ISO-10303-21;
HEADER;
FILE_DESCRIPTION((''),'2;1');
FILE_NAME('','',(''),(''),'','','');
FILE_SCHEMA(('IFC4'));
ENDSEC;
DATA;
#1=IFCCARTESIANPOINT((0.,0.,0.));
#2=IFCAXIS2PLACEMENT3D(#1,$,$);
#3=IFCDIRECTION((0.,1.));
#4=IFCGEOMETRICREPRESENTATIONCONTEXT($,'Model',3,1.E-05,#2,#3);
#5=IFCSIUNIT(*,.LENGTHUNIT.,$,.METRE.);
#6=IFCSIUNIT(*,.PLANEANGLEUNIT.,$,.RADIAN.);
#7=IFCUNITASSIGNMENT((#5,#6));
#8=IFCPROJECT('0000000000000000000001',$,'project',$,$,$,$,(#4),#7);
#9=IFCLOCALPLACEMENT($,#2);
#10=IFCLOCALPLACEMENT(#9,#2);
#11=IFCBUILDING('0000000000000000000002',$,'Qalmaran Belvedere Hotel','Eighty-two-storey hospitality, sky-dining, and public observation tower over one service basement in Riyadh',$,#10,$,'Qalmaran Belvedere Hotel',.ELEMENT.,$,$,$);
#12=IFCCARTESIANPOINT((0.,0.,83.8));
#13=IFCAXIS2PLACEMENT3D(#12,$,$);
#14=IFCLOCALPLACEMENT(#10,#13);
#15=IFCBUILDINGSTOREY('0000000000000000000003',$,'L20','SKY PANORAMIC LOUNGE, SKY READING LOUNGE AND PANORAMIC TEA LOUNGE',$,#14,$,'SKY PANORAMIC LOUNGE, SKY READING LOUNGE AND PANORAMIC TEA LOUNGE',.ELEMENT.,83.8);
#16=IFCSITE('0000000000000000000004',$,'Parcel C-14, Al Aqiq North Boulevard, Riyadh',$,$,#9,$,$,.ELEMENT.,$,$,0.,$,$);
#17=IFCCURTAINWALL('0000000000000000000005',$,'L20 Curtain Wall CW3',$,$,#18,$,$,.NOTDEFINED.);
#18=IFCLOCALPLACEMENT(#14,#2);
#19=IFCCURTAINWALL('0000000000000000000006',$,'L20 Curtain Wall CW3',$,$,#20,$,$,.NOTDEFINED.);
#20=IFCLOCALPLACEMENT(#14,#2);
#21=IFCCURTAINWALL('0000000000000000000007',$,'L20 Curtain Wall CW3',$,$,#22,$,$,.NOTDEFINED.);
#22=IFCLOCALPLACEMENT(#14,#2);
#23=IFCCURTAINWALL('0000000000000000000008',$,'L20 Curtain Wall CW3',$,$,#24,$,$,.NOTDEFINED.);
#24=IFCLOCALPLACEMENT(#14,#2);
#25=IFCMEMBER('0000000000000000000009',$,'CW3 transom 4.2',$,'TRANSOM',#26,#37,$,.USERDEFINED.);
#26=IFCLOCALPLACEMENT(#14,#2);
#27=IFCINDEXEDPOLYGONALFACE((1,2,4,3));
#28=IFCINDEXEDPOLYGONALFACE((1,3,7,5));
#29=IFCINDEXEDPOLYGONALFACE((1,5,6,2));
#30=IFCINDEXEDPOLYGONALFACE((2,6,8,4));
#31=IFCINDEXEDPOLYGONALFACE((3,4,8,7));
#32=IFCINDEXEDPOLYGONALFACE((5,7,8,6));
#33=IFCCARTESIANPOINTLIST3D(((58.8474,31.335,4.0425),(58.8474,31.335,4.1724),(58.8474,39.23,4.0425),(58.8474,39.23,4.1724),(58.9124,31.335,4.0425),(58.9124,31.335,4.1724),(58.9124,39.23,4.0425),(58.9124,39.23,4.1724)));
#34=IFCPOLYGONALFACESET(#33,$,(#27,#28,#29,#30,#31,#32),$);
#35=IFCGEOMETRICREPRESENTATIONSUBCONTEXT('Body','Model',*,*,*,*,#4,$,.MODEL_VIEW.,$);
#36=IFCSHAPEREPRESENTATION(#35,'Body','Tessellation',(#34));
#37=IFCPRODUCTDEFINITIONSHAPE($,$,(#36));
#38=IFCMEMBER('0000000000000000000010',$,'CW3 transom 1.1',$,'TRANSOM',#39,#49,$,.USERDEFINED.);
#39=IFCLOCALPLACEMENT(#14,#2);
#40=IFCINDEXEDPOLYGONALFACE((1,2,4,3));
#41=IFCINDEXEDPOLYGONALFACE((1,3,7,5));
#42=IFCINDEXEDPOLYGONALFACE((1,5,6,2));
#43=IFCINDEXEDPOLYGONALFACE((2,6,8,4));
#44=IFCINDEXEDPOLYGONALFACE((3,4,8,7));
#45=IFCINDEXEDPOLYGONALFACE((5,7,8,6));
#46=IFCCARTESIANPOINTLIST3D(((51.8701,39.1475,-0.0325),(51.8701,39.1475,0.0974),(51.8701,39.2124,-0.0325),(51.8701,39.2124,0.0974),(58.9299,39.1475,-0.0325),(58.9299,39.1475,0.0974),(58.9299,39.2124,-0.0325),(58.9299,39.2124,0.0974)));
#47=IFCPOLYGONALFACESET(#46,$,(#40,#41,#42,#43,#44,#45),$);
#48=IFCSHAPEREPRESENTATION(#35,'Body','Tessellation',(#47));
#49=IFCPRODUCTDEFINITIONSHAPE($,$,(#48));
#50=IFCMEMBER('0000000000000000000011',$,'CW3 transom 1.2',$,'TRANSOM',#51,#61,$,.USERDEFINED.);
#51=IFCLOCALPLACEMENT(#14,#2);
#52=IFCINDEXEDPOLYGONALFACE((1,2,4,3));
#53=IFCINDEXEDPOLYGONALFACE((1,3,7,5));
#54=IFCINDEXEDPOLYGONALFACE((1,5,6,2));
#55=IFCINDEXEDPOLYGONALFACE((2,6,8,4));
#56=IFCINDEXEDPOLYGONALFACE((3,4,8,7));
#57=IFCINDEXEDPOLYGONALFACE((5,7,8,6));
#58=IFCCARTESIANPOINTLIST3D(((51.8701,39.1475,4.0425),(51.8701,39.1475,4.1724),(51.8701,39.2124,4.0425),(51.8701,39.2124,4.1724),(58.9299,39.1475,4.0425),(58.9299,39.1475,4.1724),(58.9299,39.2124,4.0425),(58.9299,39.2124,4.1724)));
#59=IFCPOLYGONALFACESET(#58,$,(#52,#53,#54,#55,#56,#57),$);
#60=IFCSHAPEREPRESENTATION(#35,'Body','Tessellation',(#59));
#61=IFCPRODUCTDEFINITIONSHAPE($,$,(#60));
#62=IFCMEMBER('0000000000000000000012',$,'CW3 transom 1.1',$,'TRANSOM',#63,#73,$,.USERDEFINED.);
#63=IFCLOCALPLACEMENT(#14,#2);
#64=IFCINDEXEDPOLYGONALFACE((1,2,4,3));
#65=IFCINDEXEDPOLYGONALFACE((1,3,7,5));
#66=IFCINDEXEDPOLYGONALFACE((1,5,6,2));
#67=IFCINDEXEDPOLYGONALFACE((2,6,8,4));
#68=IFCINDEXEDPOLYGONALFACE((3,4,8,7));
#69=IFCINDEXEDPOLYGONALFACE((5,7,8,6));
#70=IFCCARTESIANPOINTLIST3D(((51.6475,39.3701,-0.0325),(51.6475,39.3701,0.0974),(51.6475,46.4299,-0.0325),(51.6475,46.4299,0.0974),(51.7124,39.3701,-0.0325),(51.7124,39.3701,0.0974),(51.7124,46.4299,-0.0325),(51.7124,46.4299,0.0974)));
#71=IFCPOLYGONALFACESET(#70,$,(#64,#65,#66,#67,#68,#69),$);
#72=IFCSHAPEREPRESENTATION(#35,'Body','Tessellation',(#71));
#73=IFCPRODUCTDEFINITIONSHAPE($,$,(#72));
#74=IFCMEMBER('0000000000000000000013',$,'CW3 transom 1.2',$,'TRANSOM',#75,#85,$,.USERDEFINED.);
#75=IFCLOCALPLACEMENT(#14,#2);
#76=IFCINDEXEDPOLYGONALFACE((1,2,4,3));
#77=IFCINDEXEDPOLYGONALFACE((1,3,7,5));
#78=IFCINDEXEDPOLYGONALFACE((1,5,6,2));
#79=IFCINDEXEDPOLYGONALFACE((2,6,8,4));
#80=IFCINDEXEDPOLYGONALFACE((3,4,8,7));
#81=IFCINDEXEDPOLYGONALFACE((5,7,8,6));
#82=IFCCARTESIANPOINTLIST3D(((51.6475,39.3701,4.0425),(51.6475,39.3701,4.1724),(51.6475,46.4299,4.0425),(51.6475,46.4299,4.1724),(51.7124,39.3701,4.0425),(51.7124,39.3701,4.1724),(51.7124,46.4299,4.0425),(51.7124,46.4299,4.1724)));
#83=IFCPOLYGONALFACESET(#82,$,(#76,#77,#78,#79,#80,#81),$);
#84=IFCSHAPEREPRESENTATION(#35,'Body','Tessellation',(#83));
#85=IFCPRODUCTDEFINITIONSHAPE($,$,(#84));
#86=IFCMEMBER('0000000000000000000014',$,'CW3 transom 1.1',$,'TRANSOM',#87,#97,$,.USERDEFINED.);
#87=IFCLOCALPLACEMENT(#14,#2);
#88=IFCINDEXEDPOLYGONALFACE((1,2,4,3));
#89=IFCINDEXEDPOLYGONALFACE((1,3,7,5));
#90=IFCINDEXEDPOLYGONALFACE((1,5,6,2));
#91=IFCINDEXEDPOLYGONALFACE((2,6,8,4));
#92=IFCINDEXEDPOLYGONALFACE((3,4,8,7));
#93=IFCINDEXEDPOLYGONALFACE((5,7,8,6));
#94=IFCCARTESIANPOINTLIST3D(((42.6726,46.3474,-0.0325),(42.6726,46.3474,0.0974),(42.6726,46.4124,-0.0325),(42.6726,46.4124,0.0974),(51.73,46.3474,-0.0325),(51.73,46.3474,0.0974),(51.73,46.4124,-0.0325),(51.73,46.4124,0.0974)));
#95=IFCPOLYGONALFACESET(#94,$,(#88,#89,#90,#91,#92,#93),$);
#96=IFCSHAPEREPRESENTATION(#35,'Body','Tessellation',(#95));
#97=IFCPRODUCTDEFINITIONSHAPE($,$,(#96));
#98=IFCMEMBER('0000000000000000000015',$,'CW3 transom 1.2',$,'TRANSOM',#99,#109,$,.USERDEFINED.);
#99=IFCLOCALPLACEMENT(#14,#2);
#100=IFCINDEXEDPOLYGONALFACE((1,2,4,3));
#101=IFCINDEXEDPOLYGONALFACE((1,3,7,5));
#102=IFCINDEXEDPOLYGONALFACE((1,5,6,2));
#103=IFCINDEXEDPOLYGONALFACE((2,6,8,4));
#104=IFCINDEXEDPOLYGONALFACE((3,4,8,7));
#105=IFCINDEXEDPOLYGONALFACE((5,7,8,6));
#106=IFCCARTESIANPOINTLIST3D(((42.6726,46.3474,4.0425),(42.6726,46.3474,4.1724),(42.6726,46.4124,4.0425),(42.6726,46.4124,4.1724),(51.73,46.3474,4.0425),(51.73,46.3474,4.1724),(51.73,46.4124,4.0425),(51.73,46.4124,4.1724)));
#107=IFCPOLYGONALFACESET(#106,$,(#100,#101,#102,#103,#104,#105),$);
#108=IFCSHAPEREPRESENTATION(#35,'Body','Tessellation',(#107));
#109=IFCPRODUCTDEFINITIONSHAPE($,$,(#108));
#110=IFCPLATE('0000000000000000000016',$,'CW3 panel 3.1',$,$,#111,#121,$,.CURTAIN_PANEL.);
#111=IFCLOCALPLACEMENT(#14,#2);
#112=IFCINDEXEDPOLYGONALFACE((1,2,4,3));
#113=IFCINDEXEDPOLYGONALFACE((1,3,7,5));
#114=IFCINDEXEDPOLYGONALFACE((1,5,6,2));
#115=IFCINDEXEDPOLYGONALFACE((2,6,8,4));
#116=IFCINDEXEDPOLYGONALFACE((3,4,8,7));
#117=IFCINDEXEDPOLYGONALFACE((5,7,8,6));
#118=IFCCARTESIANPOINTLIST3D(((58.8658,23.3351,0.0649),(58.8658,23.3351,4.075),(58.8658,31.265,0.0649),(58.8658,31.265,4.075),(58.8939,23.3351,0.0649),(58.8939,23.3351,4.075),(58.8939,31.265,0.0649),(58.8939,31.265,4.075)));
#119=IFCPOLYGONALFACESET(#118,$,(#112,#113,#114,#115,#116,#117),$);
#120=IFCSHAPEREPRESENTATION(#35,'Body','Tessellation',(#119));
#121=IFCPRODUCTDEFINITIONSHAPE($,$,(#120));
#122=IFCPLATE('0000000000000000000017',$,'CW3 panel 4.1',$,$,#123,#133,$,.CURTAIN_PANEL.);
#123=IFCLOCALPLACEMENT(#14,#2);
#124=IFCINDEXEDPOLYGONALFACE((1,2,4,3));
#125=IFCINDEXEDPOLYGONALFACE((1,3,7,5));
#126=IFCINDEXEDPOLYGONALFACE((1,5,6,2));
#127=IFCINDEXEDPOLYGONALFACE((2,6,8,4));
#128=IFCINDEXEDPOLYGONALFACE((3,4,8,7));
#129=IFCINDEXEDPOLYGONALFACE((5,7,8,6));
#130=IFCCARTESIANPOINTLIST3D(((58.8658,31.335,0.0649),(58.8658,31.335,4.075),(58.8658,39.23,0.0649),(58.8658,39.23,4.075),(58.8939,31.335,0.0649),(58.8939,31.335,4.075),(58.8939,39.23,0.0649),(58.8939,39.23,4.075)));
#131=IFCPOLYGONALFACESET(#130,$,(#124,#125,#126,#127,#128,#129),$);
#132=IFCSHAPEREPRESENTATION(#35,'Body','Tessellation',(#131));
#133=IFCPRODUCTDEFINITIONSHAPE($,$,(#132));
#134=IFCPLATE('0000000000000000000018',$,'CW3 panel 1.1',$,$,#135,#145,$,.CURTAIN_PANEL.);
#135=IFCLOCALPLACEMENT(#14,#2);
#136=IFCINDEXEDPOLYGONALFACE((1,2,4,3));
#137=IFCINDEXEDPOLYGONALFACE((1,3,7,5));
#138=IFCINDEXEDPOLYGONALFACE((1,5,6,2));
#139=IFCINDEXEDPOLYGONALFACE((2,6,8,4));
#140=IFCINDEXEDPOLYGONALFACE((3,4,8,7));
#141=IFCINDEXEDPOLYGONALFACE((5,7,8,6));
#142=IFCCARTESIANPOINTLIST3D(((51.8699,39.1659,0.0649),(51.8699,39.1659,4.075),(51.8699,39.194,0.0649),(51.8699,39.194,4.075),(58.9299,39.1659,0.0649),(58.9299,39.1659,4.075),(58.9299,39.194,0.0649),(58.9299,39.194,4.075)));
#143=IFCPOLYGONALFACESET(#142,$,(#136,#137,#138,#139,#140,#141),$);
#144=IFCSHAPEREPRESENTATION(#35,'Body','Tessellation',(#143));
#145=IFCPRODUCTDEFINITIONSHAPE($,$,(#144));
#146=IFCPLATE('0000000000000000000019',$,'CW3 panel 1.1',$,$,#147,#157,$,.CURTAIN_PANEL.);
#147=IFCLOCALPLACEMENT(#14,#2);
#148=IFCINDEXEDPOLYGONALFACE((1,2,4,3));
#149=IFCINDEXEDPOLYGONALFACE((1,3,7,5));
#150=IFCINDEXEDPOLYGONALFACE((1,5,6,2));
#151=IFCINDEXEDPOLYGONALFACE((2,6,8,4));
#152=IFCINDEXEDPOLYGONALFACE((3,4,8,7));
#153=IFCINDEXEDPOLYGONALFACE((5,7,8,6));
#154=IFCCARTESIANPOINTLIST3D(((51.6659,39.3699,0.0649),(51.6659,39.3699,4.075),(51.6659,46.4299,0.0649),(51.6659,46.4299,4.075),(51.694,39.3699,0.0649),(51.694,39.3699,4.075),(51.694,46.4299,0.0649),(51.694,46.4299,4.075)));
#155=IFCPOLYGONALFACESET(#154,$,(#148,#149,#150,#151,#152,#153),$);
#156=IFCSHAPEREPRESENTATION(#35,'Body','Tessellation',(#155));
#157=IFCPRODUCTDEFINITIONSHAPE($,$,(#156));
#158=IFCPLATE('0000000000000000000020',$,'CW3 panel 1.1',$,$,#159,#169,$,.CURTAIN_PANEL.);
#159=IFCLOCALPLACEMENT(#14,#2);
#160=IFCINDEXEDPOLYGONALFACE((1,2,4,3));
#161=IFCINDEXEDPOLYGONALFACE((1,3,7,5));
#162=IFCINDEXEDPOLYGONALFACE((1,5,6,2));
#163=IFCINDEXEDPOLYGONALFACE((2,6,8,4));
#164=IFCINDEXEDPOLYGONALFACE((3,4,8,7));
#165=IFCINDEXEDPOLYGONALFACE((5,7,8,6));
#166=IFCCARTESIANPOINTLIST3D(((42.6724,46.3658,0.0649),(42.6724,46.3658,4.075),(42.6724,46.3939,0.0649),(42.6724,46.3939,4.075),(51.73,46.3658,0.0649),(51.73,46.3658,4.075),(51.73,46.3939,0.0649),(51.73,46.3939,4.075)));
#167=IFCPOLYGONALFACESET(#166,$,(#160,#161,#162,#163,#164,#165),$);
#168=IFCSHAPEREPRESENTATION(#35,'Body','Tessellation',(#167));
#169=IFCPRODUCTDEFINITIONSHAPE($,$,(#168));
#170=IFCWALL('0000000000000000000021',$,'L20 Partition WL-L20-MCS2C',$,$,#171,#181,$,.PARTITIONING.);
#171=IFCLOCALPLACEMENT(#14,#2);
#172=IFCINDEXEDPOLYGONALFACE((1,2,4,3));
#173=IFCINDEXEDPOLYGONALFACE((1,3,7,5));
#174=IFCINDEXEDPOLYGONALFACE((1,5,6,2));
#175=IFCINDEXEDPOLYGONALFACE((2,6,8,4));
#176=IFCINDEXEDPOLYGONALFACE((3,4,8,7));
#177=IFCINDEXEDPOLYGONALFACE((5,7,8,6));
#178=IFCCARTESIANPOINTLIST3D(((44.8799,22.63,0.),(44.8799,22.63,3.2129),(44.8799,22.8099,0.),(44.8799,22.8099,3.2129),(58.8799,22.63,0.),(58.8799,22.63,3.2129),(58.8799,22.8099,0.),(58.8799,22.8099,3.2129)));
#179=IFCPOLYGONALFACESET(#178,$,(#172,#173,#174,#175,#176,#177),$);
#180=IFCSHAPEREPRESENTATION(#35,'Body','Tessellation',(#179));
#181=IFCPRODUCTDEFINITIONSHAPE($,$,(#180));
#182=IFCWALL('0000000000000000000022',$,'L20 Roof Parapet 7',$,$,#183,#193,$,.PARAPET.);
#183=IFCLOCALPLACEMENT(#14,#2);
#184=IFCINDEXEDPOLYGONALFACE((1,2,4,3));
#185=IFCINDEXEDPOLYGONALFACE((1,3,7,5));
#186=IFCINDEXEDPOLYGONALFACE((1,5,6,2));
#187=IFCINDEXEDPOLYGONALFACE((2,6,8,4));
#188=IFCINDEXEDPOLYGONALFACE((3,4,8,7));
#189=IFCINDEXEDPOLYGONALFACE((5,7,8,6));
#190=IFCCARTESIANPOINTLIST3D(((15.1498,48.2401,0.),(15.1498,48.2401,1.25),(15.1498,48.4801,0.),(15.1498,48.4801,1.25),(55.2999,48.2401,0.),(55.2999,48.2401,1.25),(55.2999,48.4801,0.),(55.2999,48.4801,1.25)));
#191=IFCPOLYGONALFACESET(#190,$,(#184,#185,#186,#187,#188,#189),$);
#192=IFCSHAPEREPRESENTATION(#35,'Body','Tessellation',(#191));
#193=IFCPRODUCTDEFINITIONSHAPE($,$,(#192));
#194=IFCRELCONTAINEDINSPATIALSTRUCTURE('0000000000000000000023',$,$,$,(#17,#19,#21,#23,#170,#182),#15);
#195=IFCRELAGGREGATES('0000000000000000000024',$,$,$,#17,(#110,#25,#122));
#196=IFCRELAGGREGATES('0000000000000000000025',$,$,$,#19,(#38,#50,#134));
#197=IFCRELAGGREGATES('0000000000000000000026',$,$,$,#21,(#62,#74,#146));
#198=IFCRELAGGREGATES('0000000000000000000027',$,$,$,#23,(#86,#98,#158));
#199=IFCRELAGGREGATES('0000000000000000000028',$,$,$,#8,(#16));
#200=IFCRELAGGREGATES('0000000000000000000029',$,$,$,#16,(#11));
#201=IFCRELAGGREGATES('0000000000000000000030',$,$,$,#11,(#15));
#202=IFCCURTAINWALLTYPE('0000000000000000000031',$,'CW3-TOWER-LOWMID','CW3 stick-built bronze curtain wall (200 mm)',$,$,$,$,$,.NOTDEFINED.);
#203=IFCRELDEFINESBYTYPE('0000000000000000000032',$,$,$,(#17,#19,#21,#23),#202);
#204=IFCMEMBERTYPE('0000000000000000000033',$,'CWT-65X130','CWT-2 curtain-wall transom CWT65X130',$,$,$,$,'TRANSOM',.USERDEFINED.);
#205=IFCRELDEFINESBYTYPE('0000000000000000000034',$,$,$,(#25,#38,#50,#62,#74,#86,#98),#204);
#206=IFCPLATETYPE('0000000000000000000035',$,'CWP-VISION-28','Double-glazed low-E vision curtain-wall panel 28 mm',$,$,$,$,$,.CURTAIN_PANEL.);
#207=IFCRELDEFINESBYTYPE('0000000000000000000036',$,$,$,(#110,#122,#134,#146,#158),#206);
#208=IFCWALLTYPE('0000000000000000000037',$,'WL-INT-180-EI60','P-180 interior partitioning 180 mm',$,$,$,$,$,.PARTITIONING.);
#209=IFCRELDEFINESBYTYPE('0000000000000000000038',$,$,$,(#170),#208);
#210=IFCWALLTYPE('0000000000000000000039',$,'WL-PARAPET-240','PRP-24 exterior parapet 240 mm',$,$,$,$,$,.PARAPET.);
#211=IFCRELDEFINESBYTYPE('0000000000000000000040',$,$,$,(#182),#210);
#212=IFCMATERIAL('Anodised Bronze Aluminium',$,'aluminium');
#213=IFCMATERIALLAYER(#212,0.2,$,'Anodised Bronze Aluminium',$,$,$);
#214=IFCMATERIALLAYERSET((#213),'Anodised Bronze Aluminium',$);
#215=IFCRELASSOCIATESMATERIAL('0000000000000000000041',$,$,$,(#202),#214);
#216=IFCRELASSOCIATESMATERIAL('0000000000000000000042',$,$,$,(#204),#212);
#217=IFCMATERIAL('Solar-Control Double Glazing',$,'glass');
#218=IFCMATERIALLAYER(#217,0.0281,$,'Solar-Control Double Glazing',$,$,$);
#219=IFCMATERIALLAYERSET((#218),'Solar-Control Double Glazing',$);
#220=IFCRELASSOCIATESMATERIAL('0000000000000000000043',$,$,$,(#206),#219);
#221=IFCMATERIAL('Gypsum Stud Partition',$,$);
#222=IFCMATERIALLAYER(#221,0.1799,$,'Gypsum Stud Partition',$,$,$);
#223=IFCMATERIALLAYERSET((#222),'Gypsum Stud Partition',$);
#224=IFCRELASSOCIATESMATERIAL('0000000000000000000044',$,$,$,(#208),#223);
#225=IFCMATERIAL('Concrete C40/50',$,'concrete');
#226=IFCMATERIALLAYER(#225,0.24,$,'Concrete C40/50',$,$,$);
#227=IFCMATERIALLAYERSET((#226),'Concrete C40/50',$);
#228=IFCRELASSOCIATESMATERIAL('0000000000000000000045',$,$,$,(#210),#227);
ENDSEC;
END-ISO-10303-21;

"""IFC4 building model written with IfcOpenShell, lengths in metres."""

from ifc_helpers import new_model, si_unit, direction, frame, frame_2d, origin, origin_2d, place, context, subcontext, project, spatial, rectangle, extrude, material, layer, layer_set, material_profile, profile_set, type_object, element, aggregate, save


model = new_model("IFC4")

# Units and contexts
model_context = context("Model", 3, precision=1e-05, world=origin(), true_north=direction((0.0, 1.0)))
body_context = subcontext(model_context, "Body", "Model", "MODEL_VIEW")
ifc_project = project(units=[si_unit("LENGTHUNIT", "METRE"), si_unit("PLANEANGLEUNIT", "RADIAN")], contexts=[model_context])

# Site, building, storey
site_placement = place(None, origin())
site = spatial("IfcSite", under=ifc_project, at=site_placement, Name="Parcel C-14, Al Aqiq North Boulevard, Riyadh", CompositionType="ELEMENT", RefElevation=0.0)
building_placement = place(site_placement, origin())
building = spatial("IfcBuilding", under=site, at=building_placement, Name="Qalmaran Belvedere Hotel", Description="Eighty-two-storey hospitality, sky-dining, and public observation tower over one service basement in Riyadh", LongName="Qalmaran Belvedere Hotel", CompositionType="ELEMENT")
storey_placement = place(building_placement, frame((0.0, 0.0, 83.8)))
storey = spatial("IfcBuildingStorey", under=building, at=storey_placement, Name="L20", Description="SKY PANORAMIC LOUNGE, SKY READING LOUNGE AND PANORAMIC TEA LOUNGE", LongName="SKY PANORAMIC LOUNGE, SKY READING LOUNGE AND PANORAMIC TEA LOUNGE", CompositionType="ELEMENT", Elevation=83.8)

# Curtain walls
ifc_material_1 = material(Name="Anodised Bronze Aluminium", Category="aluminium")
ifc_layer_1 = layer(ifc_material_1, 0.2, Name="Anodised Bronze Aluminium")
ifc_layer_set_1 = layer_set([ifc_layer_1], Name="Anodised Bronze Aluminium")
curtain_wall_type = type_object("IfcCurtainWallType", Name="CW3-TOWER-LOWMID", Description="CW3 stick-built bronze curtain wall (200 mm)", PredefinedType="NOTDEFINED", material=ifc_layer_set_1)
curtain_wall_1_placement = place(storey_placement, origin())
curtain_wall_1 = element("IfcCurtainWall", 1, at=curtain_wall_1_placement, inside=storey, type_object=curtain_wall_type, Name="L20 Curtain Wall CW3", PredefinedType="NOTDEFINED")
curtain_wall_2_placement = place(storey_placement, origin())
curtain_wall_2 = element("IfcCurtainWall", 2, at=curtain_wall_2_placement, inside=storey, type_object=curtain_wall_type, Name="L20 Curtain Wall CW3", PredefinedType="NOTDEFINED")
curtain_wall_3_placement = place(storey_placement, origin())
curtain_wall_3 = element("IfcCurtainWall", 3, at=curtain_wall_3_placement, inside=storey, type_object=curtain_wall_type, Name="L20 Curtain Wall CW3", PredefinedType="NOTDEFINED")

# Curtain wall
curtain_wall_4_placement = place(storey_placement, origin())
curtain_wall_4 = element("IfcCurtainWall", 4, at=curtain_wall_4_placement, inside=storey, type_object=curtain_wall_type, Name="L20 Curtain Wall CW3", PredefinedType="NOTDEFINED")

# Members
ifc_material_profile_1 = material_profile(ifc_material_1, rectangle(XDim=0.0649, YDim=0.1299, at=origin_2d()), Name="CWT65X130")
ifc_profile_set_1 = profile_set([ifc_material_profile_1], Name="Anodised Bronze Aluminium")
member_type_1 = type_object("IfcMemberType", Name="CWT-65X130", Description="CWT-2 curtain-wall transom CWT65X130", ElementType="TRANSOM", PredefinedType="USERDEFINED", material=ifc_profile_set_1)
member_1_placement = place(storey_placement, frame((58.8799, 31.335, 4.1074), z_axis=(0.0, 1.0, 0.0), x_axis=(-1.0, 0.0, 0.0)))
member_1 = element("IfcMember", 5, at=member_1_placement, type_object=member_type_1, Name="CW3 transom 4.2", ObjectType="TRANSOM", PredefinedType="USERDEFINED", context=body_context, shape_type="SweptSolid", body=[
    extrude(rectangle(XDim=0.0649, YDim=0.1299, at=origin_2d()), origin(), (0.0, 0.0, 1.0), 7.895),
])
member_2_placement = place(storey_placement, frame((58.9299, 39.1799, 0.0325), z_axis=(-1.0, 0.0, 0.0), x_axis=(0.0, -1.0, 0.0)))
member_2 = element("IfcMember", 6, at=member_2_placement, type_object=member_type_1, Name="CW3 transom 1.1", ObjectType="TRANSOM", PredefinedType="USERDEFINED", context=body_context, shape_type="SweptSolid", body=[
    extrude(rectangle(XDim=0.0649, YDim=0.1299, at=origin_2d()), origin(), (0.0, 0.0, 1.0), 7.0598),
])
member_3_placement = place(storey_placement, frame((58.9299, 39.1799, 4.1074), z_axis=(-1.0, 0.0, 0.0), x_axis=(0.0, -1.0, 0.0)))
member_3 = element("IfcMember", 7, at=member_3_placement, type_object=member_type_1, Name="CW3 transom 1.2", ObjectType="TRANSOM", PredefinedType="USERDEFINED", context=body_context, shape_type="SweptSolid", body=[
    extrude(rectangle(XDim=0.0649, YDim=0.1299, at=origin_2d()), origin(), (0.0, 0.0, 1.0), 7.0598),
])
member_4_placement = place(storey_placement, frame((51.6799, 39.3701, 0.0325), z_axis=(0.0, 1.0, 0.0), x_axis=(-1.0, 0.0, 0.0)))
member_4 = element("IfcMember", 8, at=member_4_placement, type_object=member_type_1, Name="CW3 transom 1.1", ObjectType="TRANSOM", PredefinedType="USERDEFINED", context=body_context, shape_type="SweptSolid", body=[
    extrude(rectangle(XDim=0.0649, YDim=0.1299, at=origin_2d()), origin(), (0.0, 0.0, 1.0), 7.0598),
])
member_5_placement = place(storey_placement, frame((51.6799, 39.3701, 4.1074), z_axis=(0.0, 1.0, 0.0), x_axis=(-1.0, 0.0, 0.0)))
member_5 = element("IfcMember", 9, at=member_5_placement, type_object=member_type_1, Name="CW3 transom 1.2", ObjectType="TRANSOM", PredefinedType="USERDEFINED", context=body_context, shape_type="SweptSolid", body=[
    extrude(rectangle(XDim=0.0649, YDim=0.1299, at=origin_2d()), origin(), (0.0, 0.0, 1.0), 7.0598),
])
member_6_placement = place(storey_placement, frame((51.73, 46.3799, 0.0325), z_axis=(-1.0, 0.0, 0.0), x_axis=(0.0, -1.0, 0.0)))
member_6 = element("IfcMember", 10, at=member_6_placement, type_object=member_type_1, Name="CW3 transom 1.1", ObjectType="TRANSOM", PredefinedType="USERDEFINED", context=body_context, shape_type="SweptSolid", body=[
    extrude(rectangle(XDim=0.0649, YDim=0.1299, at=origin_2d()), origin(), (0.0, 0.0, 1.0), 9.0574),
])
member_7_placement = place(storey_placement, frame((51.73, 46.3799, 4.1074), z_axis=(-1.0, 0.0, 0.0), x_axis=(0.0, -1.0, 0.0)))
member_7 = element("IfcMember", 11, at=member_7_placement, type_object=member_type_1, Name="CW3 transom 1.2", ObjectType="TRANSOM", PredefinedType="USERDEFINED", context=body_context, shape_type="SweptSolid", body=[
    extrude(rectangle(XDim=0.0649, YDim=0.1299, at=origin_2d()), origin(), (0.0, 0.0, 1.0), 9.0574),
])

# Plates
ifc_material_2 = material(Name="Solar-Control Double Glazing", Category="glass")
ifc_layer_2 = layer(ifc_material_2, 0.0281, Name="Solar-Control Double Glazing")
ifc_layer_set_2 = layer_set([ifc_layer_2], Name="Solar-Control Double Glazing")
plate_type = type_object("IfcPlateType", Name="CWP-VISION-28", Description="Double-glazed low-E vision curtain-wall panel 28 mm", PredefinedType="CURTAIN_PANEL", material=ifc_layer_set_2)
plate_1_placement = place(storey_placement, frame((58.8799, 27.3, 0.0649), z_axis=(0.0, 0.0, 1.0), x_axis=(0.0, 1.0, 0.0)))
plate_1 = element("IfcPlate", 12, at=plate_1_placement, type_object=plate_type, Name="CW3 panel 3.1", PredefinedType="CURTAIN_PANEL", context=body_context, shape_type="SweptSolid", body=[
    extrude(rectangle(XDim=7.9299, YDim=0.0281, at=origin_2d()), origin(), (0.0, 0.0, 1.0), 4.01),
])
plate_2_placement = place(storey_placement, frame((58.8799, 35.2825, 0.0649), z_axis=(0.0, 0.0, 1.0), x_axis=(0.0, 1.0, 0.0)))
plate_2 = element("IfcPlate", 13, at=plate_2_placement, type_object=plate_type, Name="CW3 panel 4.1", PredefinedType="CURTAIN_PANEL", context=body_context, shape_type="SweptSolid", body=[
    extrude(rectangle(XDim=7.895, YDim=0.0281, at=origin_2d()), origin(), (0.0, 0.0, 1.0), 4.01),
])
aggregate(curtain_wall_1, [plate_1, member_1, plate_2])
plate_3_placement = place(storey_placement, frame((55.3999, 39.1799, 0.0649), z_axis=(0.0, 0.0, 1.0), x_axis=(-1.0, 0.0, 0.0)))
plate_3 = element("IfcPlate", 14, at=plate_3_placement, type_object=plate_type, Name="CW3 panel 1.1", PredefinedType="CURTAIN_PANEL", context=body_context, shape_type="SweptSolid", body=[
    extrude(rectangle(XDim=7.0601, YDim=0.0281, at=origin_2d()), origin(), (0.0, 0.0, 1.0), 4.01),
])
aggregate(curtain_wall_2, [member_2, member_3, plate_3])
plate_4_placement = place(storey_placement, frame((51.6799, 42.8999, 0.0649), z_axis=(0.0, 0.0, 1.0), x_axis=(0.0, 1.0, 0.0)))
plate_4 = element("IfcPlate", 15, at=plate_4_placement, type_object=plate_type, Name="CW3 panel 1.1", PredefinedType="CURTAIN_PANEL", context=body_context, shape_type="SweptSolid", body=[
    extrude(rectangle(XDim=7.0601, YDim=0.0281, at=origin_2d()), origin(), (0.0, 0.0, 1.0), 4.01),
])
aggregate(curtain_wall_3, [member_4, member_5, plate_4])
plate_5_placement = place(storey_placement, frame((47.2012, 46.3799, 0.0649), z_axis=(0.0, 0.0, 1.0), x_axis=(-1.0, 0.0, 0.0)))
plate_5 = element("IfcPlate", 16, at=plate_5_placement, type_object=plate_type, Name="CW3 panel 1.1", PredefinedType="CURTAIN_PANEL", context=body_context, shape_type="SweptSolid", body=[
    extrude(rectangle(XDim=9.0576, YDim=0.0281, at=origin_2d()), origin(), (0.0, 0.0, 1.0), 4.01),
])
aggregate(curtain_wall_4, [member_6, member_7, plate_5])

# Walls
ifc_material_3 = material(Name="Gypsum Stud Partition")
ifc_layer_3 = layer(ifc_material_3, 0.1799, Name="Gypsum Stud Partition")
ifc_layer_set_3 = layer_set([ifc_layer_3], Name="Gypsum Stud Partition")
wall_type_1 = type_object("IfcWallType", Name="WL-INT-180-EI60", Description="P-180 interior partitioning 180 mm", PredefinedType="PARTITIONING", material=ifc_layer_set_3)
wall_1_placement = place(storey_placement, frame((44.8799, 22.72, 0.0), z_axis=(0.0, 0.0, 1.0), x_axis=(1.0, 0.0, 0.0)))
element("IfcWall", 17, at=wall_1_placement, inside=storey, type_object=wall_type_1, Name="L20 Partition WL-L20-MCS2C", PredefinedType="PARTITIONING", context=body_context, shape_type="SweptSolid", body=[
    extrude(rectangle(XDim=14.0, YDim=0.1799, at=frame_2d((7.0, 0.0))), origin(), (0.0, 0.0, 1.0), 3.2129),
])
ifc_material_4 = material(Name="Concrete C40/50", Category="concrete")
ifc_layer_4 = layer(ifc_material_4, 0.24, Name="Concrete C40/50")
ifc_layer_set_4 = layer_set([ifc_layer_4], Name="Concrete C40/50")
wall_type_2 = type_object("IfcWallType", Name="WL-PARAPET-240", Description="PRP-24 exterior parapet 240 mm", PredefinedType="PARAPET", material=ifc_layer_set_4)
wall_2_placement = place(storey_placement, frame((55.3, 48.3601, 0.0), z_axis=(0.0, 0.0, 1.0), x_axis=(-1.0, 0.0, 0.0)))
element("IfcWall", 18, at=wall_2_placement, inside=storey, type_object=wall_type_2, Name="L20 Roof Parapet 7", PredefinedType="PARAPET", context=body_context, shape_type="SweptSolid", body=[
    extrude(rectangle(XDim=40.1501, YDim=0.24, at=frame_2d((20.0752, 0.0))), origin(), (0.0, 0.0, 1.0), 1.25),
])

save(model, "model.ifc")
